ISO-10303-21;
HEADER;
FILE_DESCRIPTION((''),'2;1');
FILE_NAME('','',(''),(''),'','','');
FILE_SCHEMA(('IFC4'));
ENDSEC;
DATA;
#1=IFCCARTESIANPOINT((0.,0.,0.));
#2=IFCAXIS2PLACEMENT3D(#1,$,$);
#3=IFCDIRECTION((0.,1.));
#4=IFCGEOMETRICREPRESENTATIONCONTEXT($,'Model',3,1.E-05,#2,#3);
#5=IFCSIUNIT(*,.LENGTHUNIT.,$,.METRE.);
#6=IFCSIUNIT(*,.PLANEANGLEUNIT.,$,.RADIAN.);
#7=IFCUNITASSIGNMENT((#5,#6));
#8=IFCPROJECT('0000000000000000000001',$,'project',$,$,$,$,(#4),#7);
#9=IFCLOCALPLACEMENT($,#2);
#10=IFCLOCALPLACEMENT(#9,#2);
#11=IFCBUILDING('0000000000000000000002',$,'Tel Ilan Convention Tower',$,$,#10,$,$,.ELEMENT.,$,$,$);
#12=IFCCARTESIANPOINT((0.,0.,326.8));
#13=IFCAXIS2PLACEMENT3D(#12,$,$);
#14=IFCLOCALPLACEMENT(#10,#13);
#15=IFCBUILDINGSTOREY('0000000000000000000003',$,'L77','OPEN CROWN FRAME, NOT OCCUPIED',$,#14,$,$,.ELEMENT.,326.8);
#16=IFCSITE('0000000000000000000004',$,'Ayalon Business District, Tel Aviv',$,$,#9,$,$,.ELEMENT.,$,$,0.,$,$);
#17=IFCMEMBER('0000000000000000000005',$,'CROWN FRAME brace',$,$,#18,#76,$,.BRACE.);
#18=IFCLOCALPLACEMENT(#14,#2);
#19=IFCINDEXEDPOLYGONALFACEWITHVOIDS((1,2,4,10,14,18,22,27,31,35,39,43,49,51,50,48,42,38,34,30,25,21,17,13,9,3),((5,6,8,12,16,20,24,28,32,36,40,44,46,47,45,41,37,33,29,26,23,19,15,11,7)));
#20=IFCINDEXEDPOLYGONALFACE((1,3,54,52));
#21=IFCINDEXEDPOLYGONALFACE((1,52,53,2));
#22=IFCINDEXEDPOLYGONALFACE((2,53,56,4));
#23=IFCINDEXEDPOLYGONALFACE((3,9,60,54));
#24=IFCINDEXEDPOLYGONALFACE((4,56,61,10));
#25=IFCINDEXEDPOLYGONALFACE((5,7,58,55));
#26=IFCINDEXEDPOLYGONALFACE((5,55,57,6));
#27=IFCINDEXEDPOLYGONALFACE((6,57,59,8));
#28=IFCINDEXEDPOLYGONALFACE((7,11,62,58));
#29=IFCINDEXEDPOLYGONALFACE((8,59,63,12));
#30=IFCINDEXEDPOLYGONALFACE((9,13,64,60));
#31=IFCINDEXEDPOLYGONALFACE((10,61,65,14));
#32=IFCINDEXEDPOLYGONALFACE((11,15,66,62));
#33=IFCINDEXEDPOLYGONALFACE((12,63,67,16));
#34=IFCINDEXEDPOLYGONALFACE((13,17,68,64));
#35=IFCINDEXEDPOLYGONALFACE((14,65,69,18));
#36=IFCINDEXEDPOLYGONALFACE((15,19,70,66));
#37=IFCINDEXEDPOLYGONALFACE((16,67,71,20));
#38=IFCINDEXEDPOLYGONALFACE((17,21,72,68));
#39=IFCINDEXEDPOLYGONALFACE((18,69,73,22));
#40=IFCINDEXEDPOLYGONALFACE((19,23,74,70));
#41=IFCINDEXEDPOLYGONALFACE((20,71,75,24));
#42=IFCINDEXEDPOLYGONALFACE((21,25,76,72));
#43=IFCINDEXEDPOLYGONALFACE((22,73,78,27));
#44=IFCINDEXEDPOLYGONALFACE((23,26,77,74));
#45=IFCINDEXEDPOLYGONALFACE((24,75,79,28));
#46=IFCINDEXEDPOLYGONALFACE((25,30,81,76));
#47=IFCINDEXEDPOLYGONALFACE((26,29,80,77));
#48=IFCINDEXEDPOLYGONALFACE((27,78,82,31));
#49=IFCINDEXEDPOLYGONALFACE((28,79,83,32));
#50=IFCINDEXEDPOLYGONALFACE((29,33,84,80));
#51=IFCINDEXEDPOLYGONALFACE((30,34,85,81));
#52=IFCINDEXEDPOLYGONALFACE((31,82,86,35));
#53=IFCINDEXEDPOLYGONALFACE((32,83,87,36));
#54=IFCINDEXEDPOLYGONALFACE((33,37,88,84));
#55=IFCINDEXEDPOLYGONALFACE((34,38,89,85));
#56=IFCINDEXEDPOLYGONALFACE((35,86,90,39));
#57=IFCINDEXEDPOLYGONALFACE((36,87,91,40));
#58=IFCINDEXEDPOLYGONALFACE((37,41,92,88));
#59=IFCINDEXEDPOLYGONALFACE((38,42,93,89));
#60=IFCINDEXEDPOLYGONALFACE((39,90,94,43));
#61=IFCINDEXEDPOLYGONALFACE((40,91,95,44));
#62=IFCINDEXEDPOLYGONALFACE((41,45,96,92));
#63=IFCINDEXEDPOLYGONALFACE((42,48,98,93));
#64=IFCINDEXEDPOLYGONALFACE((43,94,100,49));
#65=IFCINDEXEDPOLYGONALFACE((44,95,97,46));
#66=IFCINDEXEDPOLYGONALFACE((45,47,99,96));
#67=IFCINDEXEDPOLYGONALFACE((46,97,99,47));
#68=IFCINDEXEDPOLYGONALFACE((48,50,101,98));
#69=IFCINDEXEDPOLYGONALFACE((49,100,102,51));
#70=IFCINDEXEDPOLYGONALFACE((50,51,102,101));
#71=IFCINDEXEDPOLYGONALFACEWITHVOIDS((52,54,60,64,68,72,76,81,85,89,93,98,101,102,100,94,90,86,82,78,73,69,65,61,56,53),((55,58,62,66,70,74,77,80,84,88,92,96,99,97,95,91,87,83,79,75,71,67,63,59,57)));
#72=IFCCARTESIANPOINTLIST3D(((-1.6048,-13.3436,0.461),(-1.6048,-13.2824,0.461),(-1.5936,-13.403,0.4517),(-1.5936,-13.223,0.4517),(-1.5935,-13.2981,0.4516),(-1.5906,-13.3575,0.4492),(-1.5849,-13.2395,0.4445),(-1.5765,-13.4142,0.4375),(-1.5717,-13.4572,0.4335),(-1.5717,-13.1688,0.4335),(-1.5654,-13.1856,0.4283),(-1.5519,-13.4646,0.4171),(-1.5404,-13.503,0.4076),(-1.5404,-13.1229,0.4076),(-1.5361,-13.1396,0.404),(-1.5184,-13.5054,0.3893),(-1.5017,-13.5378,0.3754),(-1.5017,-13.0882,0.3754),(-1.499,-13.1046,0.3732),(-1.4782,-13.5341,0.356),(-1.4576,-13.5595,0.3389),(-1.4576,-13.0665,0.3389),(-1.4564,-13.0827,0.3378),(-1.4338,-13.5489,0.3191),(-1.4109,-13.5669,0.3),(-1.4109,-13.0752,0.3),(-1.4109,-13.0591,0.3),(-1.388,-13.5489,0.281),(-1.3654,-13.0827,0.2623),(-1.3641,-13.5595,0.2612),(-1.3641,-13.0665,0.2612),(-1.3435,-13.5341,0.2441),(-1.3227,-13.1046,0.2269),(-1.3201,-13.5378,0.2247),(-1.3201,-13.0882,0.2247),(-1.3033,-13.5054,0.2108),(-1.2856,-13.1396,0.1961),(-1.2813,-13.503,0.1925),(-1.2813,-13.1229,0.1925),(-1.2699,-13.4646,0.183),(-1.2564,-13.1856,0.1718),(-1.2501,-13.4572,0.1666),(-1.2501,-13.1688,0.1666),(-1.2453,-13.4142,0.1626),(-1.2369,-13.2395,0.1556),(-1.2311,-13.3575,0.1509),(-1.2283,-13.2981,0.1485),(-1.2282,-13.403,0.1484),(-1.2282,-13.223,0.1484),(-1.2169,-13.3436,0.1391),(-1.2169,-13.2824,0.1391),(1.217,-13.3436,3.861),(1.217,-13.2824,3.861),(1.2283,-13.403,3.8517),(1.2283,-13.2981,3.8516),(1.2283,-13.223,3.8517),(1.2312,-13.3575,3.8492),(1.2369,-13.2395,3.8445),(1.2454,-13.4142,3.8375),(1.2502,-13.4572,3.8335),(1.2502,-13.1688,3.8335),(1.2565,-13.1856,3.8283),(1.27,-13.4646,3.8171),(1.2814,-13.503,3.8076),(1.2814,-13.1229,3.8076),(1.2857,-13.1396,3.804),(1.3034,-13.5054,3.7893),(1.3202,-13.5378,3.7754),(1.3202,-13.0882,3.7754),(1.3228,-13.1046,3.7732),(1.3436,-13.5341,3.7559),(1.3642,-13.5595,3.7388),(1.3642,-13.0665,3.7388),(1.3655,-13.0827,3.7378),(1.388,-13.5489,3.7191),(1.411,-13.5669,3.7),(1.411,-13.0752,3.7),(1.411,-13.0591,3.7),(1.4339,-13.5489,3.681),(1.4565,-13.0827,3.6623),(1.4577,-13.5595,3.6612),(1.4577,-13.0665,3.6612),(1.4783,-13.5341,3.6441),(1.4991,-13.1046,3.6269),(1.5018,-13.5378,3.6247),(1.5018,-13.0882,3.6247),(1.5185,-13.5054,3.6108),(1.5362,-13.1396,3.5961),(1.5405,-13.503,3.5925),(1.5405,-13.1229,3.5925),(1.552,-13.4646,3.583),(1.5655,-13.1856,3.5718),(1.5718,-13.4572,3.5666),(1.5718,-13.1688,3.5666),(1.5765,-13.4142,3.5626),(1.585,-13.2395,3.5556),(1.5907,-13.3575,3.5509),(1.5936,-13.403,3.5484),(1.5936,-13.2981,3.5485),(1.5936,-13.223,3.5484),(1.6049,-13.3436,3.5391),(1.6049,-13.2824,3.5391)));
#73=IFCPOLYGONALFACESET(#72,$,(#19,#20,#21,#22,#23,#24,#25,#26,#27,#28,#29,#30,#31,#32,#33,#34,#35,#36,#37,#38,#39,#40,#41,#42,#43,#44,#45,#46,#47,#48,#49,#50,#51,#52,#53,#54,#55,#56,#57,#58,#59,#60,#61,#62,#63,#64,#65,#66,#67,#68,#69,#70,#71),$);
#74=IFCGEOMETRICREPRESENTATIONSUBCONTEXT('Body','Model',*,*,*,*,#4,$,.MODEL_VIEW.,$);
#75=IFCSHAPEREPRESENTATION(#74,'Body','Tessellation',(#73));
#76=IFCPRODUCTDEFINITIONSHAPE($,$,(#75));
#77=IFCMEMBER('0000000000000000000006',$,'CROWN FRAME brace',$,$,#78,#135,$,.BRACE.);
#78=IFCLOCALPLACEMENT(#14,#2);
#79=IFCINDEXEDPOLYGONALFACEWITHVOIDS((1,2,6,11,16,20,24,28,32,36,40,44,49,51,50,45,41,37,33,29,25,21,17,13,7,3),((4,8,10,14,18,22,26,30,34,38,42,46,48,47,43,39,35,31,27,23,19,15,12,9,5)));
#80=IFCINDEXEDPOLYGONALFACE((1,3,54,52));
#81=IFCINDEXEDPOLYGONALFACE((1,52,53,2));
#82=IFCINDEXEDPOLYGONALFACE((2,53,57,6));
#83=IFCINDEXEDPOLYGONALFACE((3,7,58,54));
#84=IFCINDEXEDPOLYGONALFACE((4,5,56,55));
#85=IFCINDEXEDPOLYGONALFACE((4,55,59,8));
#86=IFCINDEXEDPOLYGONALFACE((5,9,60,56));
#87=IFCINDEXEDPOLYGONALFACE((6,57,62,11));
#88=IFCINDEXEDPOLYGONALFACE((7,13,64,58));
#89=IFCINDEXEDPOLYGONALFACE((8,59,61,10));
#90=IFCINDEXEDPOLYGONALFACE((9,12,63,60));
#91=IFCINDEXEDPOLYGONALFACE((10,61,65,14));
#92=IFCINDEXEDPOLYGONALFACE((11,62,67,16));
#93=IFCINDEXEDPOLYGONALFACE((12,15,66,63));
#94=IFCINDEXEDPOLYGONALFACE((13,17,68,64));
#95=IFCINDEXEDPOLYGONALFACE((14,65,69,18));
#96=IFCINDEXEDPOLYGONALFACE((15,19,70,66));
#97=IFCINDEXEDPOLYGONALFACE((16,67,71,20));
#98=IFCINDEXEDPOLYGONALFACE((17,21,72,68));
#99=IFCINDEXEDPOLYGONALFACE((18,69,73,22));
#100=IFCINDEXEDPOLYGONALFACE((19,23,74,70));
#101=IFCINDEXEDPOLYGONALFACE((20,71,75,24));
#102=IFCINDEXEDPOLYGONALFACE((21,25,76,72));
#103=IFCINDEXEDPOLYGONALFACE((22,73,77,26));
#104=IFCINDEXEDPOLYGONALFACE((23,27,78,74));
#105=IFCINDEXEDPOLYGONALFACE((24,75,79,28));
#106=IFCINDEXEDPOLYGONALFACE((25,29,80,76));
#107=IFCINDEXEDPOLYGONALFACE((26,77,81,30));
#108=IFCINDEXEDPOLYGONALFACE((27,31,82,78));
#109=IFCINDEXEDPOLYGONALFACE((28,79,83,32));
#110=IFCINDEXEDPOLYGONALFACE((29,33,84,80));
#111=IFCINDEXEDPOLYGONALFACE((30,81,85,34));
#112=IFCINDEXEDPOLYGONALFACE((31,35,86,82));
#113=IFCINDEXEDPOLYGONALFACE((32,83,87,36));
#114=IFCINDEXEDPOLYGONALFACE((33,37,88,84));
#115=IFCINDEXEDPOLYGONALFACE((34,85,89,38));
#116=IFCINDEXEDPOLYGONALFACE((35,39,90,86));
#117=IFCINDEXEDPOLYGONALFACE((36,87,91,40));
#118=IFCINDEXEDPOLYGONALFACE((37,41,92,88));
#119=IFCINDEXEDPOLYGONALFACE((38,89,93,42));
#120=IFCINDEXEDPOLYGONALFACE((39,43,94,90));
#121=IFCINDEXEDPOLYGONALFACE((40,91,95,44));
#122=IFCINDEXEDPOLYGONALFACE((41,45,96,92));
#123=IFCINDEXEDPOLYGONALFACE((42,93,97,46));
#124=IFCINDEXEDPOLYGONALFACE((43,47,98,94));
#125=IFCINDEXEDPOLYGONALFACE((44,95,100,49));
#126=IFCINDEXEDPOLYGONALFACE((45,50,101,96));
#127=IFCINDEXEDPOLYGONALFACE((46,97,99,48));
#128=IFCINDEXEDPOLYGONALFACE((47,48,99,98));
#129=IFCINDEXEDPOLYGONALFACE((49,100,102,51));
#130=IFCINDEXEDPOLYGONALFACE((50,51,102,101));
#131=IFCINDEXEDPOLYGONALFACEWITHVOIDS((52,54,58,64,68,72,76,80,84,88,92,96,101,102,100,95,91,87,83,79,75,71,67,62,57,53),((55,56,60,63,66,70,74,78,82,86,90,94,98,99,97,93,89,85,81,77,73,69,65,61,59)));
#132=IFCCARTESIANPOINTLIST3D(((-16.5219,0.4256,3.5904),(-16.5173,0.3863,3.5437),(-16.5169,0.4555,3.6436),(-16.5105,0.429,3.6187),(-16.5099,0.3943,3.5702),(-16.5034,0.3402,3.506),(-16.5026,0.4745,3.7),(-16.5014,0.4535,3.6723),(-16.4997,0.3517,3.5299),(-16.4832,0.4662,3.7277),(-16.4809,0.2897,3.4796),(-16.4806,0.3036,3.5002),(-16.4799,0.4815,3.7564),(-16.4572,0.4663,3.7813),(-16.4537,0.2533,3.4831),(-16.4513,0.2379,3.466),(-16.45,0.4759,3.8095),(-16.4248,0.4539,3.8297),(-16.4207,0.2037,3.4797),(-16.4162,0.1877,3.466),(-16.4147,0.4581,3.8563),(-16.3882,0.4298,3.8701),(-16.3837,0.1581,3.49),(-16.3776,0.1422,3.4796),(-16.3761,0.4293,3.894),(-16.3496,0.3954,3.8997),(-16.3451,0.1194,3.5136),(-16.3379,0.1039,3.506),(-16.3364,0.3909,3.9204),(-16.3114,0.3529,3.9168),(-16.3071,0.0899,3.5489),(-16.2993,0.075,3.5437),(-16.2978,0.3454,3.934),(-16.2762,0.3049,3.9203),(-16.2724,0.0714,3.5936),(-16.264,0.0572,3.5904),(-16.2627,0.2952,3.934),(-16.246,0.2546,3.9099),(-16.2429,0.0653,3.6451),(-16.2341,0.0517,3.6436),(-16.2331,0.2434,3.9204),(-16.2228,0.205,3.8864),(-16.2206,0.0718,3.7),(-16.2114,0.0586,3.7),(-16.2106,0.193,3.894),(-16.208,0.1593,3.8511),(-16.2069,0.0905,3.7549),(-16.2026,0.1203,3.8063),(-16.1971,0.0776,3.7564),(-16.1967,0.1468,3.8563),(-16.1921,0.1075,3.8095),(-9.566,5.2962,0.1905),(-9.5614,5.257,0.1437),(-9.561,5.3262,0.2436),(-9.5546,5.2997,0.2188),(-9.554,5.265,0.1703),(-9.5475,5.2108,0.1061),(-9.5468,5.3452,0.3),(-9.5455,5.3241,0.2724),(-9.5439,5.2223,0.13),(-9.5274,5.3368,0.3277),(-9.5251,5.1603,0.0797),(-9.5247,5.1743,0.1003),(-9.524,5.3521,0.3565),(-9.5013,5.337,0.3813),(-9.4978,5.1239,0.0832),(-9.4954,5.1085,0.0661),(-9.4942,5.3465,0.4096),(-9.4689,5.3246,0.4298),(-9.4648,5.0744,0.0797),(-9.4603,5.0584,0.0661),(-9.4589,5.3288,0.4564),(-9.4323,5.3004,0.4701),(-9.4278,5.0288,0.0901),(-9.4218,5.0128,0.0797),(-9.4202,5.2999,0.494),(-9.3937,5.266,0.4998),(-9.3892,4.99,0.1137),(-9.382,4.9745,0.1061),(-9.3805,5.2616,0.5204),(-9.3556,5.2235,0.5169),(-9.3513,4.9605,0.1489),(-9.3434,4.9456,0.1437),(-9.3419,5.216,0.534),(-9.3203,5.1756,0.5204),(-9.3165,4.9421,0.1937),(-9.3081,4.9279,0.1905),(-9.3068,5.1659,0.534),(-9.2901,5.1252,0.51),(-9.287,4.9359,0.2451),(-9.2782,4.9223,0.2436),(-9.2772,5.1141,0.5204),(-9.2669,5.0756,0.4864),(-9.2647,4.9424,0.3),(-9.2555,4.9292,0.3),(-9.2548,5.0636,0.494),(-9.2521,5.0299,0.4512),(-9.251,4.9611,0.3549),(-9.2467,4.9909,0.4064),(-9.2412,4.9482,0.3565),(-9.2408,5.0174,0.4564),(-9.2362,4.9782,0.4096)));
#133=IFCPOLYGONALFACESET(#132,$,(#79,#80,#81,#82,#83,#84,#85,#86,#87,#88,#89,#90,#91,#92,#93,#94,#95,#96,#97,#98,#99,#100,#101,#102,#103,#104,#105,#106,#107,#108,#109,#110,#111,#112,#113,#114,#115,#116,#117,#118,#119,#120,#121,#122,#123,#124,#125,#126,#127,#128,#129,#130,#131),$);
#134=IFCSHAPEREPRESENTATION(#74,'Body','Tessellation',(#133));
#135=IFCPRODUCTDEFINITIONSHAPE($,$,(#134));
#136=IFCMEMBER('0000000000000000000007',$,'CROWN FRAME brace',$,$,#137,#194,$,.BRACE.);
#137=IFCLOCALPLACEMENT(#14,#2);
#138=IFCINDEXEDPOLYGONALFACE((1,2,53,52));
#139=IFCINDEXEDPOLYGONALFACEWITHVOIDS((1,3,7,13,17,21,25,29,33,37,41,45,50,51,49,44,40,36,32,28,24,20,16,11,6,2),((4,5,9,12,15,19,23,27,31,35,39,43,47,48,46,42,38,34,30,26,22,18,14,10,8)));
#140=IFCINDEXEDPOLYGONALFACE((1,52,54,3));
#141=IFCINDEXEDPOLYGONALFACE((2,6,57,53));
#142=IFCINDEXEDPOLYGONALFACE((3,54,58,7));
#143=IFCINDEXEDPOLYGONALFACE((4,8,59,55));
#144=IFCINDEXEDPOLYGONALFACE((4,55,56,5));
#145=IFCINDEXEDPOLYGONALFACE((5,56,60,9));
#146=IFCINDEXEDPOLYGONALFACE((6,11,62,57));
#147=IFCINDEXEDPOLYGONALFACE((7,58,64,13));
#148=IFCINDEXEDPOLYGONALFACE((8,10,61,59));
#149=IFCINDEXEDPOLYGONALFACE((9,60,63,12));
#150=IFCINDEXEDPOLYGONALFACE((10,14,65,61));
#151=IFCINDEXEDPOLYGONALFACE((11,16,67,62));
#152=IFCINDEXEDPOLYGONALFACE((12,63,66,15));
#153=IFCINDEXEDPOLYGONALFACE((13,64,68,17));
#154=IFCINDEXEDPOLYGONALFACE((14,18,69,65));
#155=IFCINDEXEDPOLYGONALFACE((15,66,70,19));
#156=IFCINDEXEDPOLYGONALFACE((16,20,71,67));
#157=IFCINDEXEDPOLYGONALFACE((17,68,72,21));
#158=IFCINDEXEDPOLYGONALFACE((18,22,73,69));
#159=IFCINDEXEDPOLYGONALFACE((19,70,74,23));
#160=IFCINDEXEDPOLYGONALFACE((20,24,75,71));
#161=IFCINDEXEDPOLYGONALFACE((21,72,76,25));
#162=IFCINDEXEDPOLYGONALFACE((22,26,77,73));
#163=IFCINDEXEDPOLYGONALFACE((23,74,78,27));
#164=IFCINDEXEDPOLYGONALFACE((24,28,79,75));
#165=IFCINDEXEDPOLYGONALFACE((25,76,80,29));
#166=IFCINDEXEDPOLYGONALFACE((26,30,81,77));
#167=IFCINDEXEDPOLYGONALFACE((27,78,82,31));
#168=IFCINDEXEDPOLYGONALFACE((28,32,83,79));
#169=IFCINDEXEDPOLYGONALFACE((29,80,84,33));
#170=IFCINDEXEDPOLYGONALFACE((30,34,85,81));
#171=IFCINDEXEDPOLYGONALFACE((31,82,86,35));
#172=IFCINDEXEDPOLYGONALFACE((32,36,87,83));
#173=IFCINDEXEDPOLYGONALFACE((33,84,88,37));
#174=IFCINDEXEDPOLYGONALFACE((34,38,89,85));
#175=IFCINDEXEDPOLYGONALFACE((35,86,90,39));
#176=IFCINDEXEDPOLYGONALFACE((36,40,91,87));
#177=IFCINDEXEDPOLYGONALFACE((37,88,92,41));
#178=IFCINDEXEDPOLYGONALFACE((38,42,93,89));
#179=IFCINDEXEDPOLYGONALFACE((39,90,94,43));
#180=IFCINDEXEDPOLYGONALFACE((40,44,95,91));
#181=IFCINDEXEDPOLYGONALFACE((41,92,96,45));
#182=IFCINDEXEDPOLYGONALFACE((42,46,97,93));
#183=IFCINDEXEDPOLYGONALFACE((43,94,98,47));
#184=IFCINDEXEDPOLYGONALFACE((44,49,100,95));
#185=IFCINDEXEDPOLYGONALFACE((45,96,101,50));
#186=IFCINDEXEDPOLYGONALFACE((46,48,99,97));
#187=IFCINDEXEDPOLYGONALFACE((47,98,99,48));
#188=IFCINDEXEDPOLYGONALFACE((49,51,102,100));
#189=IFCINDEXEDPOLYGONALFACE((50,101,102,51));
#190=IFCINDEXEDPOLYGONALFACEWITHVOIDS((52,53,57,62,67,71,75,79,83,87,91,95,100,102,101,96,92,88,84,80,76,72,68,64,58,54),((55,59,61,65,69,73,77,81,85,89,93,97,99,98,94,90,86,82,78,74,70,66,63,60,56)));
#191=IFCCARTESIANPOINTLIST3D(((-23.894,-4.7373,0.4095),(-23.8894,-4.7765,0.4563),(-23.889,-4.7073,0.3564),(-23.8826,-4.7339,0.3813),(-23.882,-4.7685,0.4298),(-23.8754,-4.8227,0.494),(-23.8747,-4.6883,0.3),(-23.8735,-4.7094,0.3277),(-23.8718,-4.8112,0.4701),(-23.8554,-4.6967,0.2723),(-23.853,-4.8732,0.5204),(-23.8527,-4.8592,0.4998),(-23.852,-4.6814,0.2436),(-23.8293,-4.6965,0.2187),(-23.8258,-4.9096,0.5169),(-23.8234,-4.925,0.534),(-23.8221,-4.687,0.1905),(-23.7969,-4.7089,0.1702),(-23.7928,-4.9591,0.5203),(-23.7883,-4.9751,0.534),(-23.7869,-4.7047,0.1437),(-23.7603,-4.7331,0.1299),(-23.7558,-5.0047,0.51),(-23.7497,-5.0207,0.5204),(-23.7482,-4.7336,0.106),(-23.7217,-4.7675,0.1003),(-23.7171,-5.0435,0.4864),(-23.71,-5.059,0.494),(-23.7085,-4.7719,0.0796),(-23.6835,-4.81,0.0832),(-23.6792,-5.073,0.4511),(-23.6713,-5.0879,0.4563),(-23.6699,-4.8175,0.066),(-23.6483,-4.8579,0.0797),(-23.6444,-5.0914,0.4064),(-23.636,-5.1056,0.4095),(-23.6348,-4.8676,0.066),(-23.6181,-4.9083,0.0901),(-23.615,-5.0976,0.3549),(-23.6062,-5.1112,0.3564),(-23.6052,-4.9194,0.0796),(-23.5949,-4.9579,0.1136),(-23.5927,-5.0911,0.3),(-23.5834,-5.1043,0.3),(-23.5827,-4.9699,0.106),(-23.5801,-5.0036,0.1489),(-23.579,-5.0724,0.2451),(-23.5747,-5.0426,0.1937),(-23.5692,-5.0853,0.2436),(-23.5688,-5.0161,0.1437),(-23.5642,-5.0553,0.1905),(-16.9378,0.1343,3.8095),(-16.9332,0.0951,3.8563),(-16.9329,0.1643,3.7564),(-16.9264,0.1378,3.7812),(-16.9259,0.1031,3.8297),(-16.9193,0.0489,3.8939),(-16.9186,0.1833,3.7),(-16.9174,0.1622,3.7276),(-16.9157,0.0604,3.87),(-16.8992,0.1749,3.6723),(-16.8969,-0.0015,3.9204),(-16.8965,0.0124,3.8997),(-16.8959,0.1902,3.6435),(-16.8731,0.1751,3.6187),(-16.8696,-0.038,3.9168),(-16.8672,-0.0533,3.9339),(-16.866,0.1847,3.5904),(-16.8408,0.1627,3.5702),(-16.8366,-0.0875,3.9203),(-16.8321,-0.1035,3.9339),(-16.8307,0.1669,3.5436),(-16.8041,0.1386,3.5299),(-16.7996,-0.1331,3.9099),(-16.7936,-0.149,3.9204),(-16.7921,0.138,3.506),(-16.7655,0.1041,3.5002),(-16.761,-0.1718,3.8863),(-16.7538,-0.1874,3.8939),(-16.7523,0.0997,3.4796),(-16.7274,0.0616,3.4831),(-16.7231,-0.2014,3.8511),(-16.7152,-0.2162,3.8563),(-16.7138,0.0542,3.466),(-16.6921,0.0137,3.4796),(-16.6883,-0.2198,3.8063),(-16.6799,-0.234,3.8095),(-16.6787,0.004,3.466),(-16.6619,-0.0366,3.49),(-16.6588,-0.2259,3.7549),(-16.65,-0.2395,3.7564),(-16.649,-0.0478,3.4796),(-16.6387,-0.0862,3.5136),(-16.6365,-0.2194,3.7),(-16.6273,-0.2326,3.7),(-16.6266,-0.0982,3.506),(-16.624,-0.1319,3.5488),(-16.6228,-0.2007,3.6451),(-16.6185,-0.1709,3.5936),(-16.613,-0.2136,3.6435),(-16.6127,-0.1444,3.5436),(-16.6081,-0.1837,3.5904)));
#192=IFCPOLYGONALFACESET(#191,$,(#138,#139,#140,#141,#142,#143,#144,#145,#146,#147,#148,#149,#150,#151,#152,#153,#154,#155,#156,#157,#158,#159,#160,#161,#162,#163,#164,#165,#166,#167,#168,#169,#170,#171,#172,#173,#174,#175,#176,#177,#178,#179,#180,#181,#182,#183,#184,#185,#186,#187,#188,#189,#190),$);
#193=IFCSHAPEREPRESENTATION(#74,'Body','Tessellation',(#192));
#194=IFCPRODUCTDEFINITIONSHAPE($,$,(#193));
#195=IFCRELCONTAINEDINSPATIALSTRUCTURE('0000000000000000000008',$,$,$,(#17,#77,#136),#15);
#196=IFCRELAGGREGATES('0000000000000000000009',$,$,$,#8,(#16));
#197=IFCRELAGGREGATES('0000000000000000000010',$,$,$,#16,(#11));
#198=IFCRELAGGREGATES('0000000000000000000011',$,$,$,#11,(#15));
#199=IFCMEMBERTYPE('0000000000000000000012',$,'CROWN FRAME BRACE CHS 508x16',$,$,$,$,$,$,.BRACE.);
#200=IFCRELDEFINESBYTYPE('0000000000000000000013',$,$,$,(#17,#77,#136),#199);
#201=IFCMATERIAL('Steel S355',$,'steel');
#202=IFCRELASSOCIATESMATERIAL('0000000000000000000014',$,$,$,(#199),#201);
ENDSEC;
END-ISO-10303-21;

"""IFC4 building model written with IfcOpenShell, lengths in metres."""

from ifc_helpers import new_model, si_unit, direction, frame, origin, origin_2d, place, context, subcontext, project, spatial, hollow_circle, extrude, material, material_profile, profile_set, type_object, element, save


model = new_model("IFC4")

# Units and contexts
model_context = context("Model", 3, precision=1e-05, world=origin(), true_north=direction((0.0, 1.0)))
body_context = subcontext(model_context, "Body", "Model", "MODEL_VIEW")
ifc_project = project(units=[si_unit("LENGTHUNIT", "METRE"), si_unit("PLANEANGLEUNIT", "RADIAN")], contexts=[model_context])

# Site, building, storey
site_placement = place(None, origin())
site = spatial("IfcSite", under=ifc_project, at=site_placement, Name="Ayalon Business District, Tel Aviv", CompositionType="ELEMENT", RefElevation=0.0)
building_placement = place(site_placement, origin())
building = spatial("IfcBuilding", under=site, at=building_placement, Name="Tel Ilan Convention Tower", CompositionType="ELEMENT")
storey_placement = place(building_placement, frame((0.0, 0.0, 326.8)))
storey = spatial("IfcBuildingStorey", under=building, at=storey_placement, Name="L77", Description="OPEN CROWN FRAME, NOT OCCUPIED", CompositionType="ELEMENT", Elevation=326.8)

# Members
ifc_material_1 = material(Name="Steel S355", Category="steel")
ifc_material_profile_1 = material_profile(ifc_material_1, hollow_circle(Radius=0.2539, WallThickness=0.0161, at=origin_2d()), Name="CHS 508x16")
ifc_profile_set_1 = profile_set([ifc_material_profile_1], Name="Steel S355")
member_type = type_object("IfcMemberType", Name="CROWN FRAME BRACE CHS 508x16", PredefinedType="BRACE", material=ifc_profile_set_1)
member_1_placement = place(storey_placement, frame((-1.4109, -13.313, 0.3), z_axis=(0.63865, 0.0, 0.769497), x_axis=(0.0, 1.0, 0.0)))
element("IfcMember", 1, at=member_1_placement, inside=storey, type_object=member_type, Name="CROWN FRAME brace", PredefinedType="BRACE", context=body_context, shape_type="SweptSolid", body=[
    extrude(hollow_circle(Radius=0.2539, WallThickness=0.0161, at=origin_2d()), origin(), (0.0, 0.0, 1.0), 4.4185),
])
member_2_placement = place(storey_placement, frame((-9.4011, 5.1372, 0.3), z_axis=(-0.760457, -0.532488, 0.371701), x_axis=(0.573584, -0.819147, 0.0)))
element("IfcMember", 2, at=member_2_placement, inside=storey, type_object=member_type, Name="CROWN FRAME brace", PredefinedType="BRACE", context=body_context, shape_type="SweptSolid", body=[
    extrude(hollow_circle(Radius=0.2539, WallThickness=0.0161, at=origin_2d()), origin(), (0.0, 0.0, 1.0), 9.147),
])
member_3_placement = place(storey_placement, frame((-16.7729, -0.0247, 3.7), z_axis=(-0.760425, -0.532554, -0.371672), x_axis=(0.573648, -0.819102, 0.0)))
element("IfcMember", 3, at=member_3_placement, inside=storey, type_object=member_type, Name="CROWN FRAME brace", PredefinedType="BRACE", context=body_context, shape_type="SweptSolid", body=[
    extrude(hollow_circle(Radius=0.2539, WallThickness=0.0161, at=origin_2d()), origin(), (0.0, 0.0, 1.0), 9.1477),
])

save(model, "model.ifc")
